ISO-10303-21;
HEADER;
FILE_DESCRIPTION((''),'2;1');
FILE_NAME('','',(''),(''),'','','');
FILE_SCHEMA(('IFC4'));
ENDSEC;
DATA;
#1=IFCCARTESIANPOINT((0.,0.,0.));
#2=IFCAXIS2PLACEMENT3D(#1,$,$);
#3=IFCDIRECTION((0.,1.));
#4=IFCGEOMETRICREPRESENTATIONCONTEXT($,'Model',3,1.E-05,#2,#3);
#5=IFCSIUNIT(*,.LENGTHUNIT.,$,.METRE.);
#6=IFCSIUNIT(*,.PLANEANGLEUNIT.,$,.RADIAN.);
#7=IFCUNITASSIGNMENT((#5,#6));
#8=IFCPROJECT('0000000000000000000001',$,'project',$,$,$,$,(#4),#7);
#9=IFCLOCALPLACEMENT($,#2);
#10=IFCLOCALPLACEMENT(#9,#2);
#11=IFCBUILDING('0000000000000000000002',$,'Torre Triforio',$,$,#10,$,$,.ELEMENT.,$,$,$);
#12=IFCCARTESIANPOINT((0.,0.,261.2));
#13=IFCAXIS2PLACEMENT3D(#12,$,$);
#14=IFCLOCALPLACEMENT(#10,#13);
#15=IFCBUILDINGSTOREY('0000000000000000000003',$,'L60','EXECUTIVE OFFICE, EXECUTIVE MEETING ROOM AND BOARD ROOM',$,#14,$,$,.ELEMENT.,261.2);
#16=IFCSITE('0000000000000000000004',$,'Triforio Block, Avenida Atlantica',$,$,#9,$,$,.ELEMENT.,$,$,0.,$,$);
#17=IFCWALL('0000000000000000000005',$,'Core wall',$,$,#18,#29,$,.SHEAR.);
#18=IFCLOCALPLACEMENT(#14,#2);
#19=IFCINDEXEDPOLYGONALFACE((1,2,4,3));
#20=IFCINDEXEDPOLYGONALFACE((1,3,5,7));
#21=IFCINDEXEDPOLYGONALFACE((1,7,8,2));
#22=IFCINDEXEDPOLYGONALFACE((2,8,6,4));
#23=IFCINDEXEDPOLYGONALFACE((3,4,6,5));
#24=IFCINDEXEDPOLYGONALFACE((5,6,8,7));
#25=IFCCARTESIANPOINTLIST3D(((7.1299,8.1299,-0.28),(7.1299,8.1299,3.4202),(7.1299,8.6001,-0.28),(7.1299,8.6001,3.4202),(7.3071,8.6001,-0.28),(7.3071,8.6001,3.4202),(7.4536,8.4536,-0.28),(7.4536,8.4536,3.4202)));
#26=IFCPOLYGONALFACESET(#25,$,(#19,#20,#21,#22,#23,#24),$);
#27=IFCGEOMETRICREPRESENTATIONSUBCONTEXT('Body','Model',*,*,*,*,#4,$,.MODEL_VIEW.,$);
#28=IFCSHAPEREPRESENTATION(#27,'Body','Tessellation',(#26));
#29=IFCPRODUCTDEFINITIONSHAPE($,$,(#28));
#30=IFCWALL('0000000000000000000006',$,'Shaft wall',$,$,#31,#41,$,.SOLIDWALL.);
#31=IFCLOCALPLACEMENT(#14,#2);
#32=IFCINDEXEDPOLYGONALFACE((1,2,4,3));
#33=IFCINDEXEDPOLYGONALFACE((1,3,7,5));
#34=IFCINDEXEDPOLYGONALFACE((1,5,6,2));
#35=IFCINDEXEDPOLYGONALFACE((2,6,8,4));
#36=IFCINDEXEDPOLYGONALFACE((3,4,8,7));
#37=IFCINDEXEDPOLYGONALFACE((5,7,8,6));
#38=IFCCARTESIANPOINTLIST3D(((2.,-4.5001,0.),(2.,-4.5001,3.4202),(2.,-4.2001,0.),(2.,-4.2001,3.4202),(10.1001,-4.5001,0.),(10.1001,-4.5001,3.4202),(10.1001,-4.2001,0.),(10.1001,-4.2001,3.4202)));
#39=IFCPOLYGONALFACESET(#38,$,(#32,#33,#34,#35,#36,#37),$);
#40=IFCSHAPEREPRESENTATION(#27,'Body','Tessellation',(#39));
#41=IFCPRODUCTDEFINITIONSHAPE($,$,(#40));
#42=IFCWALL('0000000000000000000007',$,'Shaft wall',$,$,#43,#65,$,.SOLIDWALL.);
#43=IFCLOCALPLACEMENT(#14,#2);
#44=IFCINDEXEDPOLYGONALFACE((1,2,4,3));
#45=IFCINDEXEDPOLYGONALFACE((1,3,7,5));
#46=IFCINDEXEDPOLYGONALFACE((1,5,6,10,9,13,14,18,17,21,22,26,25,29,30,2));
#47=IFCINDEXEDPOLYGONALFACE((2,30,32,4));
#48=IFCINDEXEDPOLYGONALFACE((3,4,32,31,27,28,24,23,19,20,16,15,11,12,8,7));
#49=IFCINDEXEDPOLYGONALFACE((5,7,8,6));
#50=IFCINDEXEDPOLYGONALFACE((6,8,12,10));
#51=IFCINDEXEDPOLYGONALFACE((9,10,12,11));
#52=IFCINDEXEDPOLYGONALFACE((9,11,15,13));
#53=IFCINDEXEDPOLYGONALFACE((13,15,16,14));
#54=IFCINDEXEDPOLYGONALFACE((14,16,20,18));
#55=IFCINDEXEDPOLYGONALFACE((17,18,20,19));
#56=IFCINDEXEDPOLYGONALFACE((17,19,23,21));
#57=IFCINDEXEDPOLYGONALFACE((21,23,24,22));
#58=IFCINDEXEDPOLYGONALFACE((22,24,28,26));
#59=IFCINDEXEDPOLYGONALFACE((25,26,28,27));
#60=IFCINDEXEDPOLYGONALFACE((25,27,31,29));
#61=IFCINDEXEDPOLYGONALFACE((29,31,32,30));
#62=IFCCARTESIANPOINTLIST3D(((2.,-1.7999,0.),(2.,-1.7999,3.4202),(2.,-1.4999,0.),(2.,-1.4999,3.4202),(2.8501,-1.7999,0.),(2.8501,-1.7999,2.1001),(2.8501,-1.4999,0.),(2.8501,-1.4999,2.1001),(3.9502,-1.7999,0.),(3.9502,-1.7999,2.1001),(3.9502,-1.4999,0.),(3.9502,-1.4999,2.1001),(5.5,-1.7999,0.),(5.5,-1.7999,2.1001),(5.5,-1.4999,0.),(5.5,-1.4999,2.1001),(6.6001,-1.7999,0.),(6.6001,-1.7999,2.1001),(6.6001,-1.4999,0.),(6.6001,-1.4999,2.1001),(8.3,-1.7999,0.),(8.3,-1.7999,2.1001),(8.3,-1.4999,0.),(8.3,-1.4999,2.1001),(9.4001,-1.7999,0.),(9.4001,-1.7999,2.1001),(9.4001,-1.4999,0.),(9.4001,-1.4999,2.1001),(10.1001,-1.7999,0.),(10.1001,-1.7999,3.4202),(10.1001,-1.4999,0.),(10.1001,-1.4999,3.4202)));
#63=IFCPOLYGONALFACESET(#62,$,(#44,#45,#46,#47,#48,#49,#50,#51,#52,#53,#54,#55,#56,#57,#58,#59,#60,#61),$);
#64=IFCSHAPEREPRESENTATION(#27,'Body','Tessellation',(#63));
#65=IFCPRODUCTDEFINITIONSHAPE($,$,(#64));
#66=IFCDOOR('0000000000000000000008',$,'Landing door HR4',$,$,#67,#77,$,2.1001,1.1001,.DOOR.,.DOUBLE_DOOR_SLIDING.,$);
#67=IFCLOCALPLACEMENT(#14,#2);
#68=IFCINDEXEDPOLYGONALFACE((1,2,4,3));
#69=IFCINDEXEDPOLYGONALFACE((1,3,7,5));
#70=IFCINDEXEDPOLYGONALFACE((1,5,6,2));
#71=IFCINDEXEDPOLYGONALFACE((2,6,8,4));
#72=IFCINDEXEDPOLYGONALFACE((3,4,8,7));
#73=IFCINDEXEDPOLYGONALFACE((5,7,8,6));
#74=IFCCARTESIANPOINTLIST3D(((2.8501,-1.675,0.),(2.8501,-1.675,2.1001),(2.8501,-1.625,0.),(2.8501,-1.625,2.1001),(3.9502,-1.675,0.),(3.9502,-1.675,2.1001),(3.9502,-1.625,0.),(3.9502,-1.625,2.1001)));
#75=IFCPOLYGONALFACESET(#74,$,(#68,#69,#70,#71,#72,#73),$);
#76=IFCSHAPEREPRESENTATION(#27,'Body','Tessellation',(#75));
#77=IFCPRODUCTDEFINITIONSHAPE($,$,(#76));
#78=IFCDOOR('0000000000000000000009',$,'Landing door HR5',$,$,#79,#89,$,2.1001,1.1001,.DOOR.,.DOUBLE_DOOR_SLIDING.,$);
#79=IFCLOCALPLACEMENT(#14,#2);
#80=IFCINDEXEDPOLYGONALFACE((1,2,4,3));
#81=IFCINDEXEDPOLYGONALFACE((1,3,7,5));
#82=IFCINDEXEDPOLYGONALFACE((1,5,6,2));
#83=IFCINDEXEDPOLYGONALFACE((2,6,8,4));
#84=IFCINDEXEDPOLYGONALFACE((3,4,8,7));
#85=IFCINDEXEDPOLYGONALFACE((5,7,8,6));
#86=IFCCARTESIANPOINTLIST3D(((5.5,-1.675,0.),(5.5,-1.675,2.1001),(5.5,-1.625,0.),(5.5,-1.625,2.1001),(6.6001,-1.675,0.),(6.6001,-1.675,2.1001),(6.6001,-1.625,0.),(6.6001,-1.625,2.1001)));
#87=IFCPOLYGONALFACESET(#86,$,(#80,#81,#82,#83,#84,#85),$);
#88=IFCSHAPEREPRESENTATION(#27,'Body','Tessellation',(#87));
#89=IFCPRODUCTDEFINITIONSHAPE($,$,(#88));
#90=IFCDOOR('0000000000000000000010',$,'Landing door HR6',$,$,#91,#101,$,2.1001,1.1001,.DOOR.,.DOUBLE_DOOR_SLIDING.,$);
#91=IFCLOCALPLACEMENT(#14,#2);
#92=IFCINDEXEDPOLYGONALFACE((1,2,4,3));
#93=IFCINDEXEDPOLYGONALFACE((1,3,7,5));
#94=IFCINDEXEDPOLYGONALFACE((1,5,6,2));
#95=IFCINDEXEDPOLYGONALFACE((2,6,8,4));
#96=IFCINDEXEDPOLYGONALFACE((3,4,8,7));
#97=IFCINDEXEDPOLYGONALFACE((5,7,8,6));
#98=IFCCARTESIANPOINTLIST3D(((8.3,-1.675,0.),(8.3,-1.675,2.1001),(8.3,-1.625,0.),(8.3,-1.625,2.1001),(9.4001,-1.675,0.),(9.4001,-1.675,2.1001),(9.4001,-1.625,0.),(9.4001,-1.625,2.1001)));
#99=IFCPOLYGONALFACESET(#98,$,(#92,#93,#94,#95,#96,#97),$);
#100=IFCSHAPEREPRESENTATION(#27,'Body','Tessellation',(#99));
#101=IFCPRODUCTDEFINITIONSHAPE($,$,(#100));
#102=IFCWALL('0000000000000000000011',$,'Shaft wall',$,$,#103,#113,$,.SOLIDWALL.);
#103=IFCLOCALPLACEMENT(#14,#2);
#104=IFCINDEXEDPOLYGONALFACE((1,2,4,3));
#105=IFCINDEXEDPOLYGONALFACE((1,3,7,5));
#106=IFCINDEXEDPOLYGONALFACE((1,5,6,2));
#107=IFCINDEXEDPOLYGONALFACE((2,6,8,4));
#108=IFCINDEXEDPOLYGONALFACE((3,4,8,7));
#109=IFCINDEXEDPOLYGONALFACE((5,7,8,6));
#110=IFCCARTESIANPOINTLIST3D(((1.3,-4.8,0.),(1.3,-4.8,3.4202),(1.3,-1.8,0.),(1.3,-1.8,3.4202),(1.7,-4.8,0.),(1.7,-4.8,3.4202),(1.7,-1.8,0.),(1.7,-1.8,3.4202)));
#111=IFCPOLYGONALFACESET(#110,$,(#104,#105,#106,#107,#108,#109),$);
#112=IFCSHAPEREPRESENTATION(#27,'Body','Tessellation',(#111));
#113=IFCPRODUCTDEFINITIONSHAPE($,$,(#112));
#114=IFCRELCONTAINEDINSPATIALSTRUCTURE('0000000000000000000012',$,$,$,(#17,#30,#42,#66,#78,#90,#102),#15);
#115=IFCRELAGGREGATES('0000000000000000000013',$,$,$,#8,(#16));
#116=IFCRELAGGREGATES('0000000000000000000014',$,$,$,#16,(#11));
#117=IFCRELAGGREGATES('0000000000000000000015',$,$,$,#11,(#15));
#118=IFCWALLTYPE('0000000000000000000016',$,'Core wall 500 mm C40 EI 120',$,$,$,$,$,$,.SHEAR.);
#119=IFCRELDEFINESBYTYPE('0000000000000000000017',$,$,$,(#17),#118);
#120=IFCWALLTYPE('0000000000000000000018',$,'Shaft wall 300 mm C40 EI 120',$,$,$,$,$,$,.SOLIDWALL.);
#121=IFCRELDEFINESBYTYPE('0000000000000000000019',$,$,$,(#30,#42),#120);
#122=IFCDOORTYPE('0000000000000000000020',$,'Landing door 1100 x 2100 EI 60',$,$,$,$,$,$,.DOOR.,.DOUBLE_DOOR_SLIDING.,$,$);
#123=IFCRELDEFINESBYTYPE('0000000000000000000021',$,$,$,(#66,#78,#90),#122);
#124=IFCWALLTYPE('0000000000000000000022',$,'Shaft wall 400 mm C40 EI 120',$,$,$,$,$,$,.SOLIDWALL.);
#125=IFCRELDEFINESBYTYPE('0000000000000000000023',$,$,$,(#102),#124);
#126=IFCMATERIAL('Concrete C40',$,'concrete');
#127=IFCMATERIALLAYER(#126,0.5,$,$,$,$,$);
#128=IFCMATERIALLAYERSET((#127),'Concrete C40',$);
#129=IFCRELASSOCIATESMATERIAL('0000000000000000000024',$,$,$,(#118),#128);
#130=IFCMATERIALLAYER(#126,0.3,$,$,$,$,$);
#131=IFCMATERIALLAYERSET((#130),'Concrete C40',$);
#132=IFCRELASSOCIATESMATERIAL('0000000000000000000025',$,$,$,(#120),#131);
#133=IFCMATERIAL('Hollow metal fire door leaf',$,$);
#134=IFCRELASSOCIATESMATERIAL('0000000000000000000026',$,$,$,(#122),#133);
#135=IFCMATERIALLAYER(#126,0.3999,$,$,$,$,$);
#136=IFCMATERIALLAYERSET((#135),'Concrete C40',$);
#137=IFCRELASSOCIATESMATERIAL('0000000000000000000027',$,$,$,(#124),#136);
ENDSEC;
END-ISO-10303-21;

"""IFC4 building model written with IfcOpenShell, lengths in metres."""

from ifc_helpers import new_model, si_unit, direction, frame, frame_2d, origin, place, context, subcontext, project, spatial, polyline, rectangle, outline, extrude, material, layer, layer_set, type_object, element, fill, save


model = new_model("IFC4")

# Units and contexts
model_context = context("Model", 3, precision=1e-05, world=origin(), true_north=direction((0.0, 1.0)))
body_context = subcontext(model_context, "Body", "Model", "MODEL_VIEW")
ifc_project = project(units=[si_unit("LENGTHUNIT", "METRE"), si_unit("PLANEANGLEUNIT", "RADIAN")], contexts=[model_context])

# Site, building, storey
site_placement = place(None, origin())
site = spatial("IfcSite", under=ifc_project, at=site_placement, Name="Triforio Block, Avenida Atlantica", CompositionType="ELEMENT", RefElevation=0.0)
building_placement = place(site_placement, origin())
building = spatial("IfcBuilding", under=site, at=building_placement, Name="Torre Triforio", CompositionType="ELEMENT")
storey_placement = place(building_placement, frame((0.0, 0.0, 261.2)))
storey = spatial("IfcBuildingStorey", under=building, at=storey_placement, Name="L60", Description="EXECUTIVE OFFICE, EXECUTIVE MEETING ROOM AND BOARD ROOM", CompositionType="ELEMENT", Elevation=261.2)

# Shared definitions
ifc_material_1 = material(Name="Concrete C40", Category="concrete")

# Walls
ifc_layer_1 = layer(ifc_material_1, 0.5)
ifc_layer_set_1 = layer_set([ifc_layer_1], Name="Concrete C40")
wall_type_1 = type_object("IfcWallType", Name="Core wall 500 mm C40 EI 120", PredefinedType="SHEAR", material=ifc_layer_set_1)
wall_1_placement = place(storey_placement, frame((0.0, 0.0, -0.28)))
element("IfcWall", 1, at=wall_1_placement, inside=storey, type_object=wall_type_1, Name="Core wall", PredefinedType="SHEAR", context=body_context, shape_type="SweptSolid", body=[
    extrude(outline(polyline([(7.3071, 8.6001), (7.4536, 8.4536), (7.1299, 8.1299), (7.1299, 8.6001), (7.3071, 8.6001)])), origin(), (0.0, 0.0, 1.0), 3.7002),
])
ifc_layer_2 = layer(ifc_material_1, 0.3)
ifc_layer_set_2 = layer_set([ifc_layer_2], Name="Concrete C40")
wall_type_2 = type_object("IfcWallType", Name="Shaft wall 300 mm C40 EI 120", PredefinedType="SOLIDWALL", material=ifc_layer_set_2)
wall_2_placement = place(storey_placement, frame((2.0, -4.3501, 0.0), z_axis=(0.0, 0.0, 1.0), x_axis=(1.0, 0.0, 0.0)))
element("IfcWall", 2, at=wall_2_placement, inside=storey, type_object=wall_type_2, Name="Shaft wall", PredefinedType="SOLIDWALL", context=body_context, shape_type="SweptSolid", body=[
    extrude(rectangle(XDim=8.1001, YDim=0.3, at=frame_2d((4.05, 0.0))), origin(), (0.0, 0.0, 1.0), 3.4202),
])

# Wall, openings, doors
wall_3_placement = place(storey_placement, frame((2.0, -1.6499, 0.0), z_axis=(0.0, 0.0, 1.0), x_axis=(1.0, 0.0, 0.0)))
wall_3 = element("IfcWall", 3, at=wall_3_placement, inside=storey, type_object=wall_type_2, Name="Shaft wall", PredefinedType="SOLIDWALL", context=body_context, shape_type="SweptSolid", body=[
    extrude(rectangle(XDim=8.1001, YDim=0.3, at=frame_2d((4.05, 0.0))), origin(), (0.0, 0.0, 1.0), 3.4202),
])
opening_1_placement = place(wall_3_placement, frame((0.8501, 0.0, 0.0)))
opening_1 = element("IfcOpeningElement", 4, at=opening_1_placement, cuts=wall_3, PredefinedType="OPENING", context=body_context, shape_type="SweptSolid", body=[
    extrude(rectangle(XDim=1.1001, YDim=2.1001, at=frame_2d((0.55, 1.05))), frame((0.0, 0.1599, 0.0), z_axis=(0.0, -1.0, 0.0), x_axis=(1.0, 0.0, 0.0)), (0.0, 0.0, 1.0), 0.3201),
])
opening_2_placement = place(wall_3_placement, frame((3.5, 0.0, 0.0)))
opening_2 = element("IfcOpeningElement", 5, at=opening_2_placement, cuts=wall_3, PredefinedType="OPENING", context=body_context, shape_type="SweptSolid", body=[
    extrude(rectangle(XDim=1.1001, YDim=2.1001, at=frame_2d((0.55, 1.05))), frame((0.0, 0.1599, 0.0), z_axis=(0.0, -1.0, 0.0), x_axis=(1.0, 0.0, 0.0)), (0.0, 0.0, 1.0), 0.3201),
])
opening_3_placement = place(wall_3_placement, frame((6.3, 0.0, 0.0)))
opening_3 = element("IfcOpeningElement", 6, at=opening_3_placement, cuts=wall_3, PredefinedType="OPENING", context=body_context, shape_type="SweptSolid", body=[
    extrude(rectangle(XDim=1.1001, YDim=2.1001, at=frame_2d((0.55, 1.05))), frame((0.0, 0.1599, 0.0), z_axis=(0.0, -1.0, 0.0), x_axis=(1.0, 0.0, 0.0)), (0.0, 0.0, 1.0), 0.3201),
])
ifc_material_2 = material(Name="Hollow metal fire door leaf")
door_type = type_object("IfcDoorType", Name="Landing door 1100 x 2100 EI 60", OperationType="DOUBLE_DOOR_SLIDING", PredefinedType="DOOR", material=ifc_material_2)
door_1_placement = place(opening_1_placement, origin())
door_1 = element("IfcDoor", 7, at=door_1_placement, inside=storey, type_object=door_type, Name="Landing door HR4", OperationType="DOUBLE_DOOR_SLIDING", OverallHeight=2.1001, OverallWidth=1.1001, PredefinedType="DOOR", context=body_context, shape_type="SweptSolid", body=[
    extrude(rectangle(XDim=1.1001, YDim=2.1001, at=frame_2d((0.55, 1.05))), frame((0.0, 0.0249, 0.0), z_axis=(0.0, -1.0, 0.0), x_axis=(1.0, 0.0, 0.0)), (0.0, 0.0, 1.0), 0.05),
])
fill(opening_1, door_1)
door_2_placement = place(opening_2_placement, origin())
door_2 = element("IfcDoor", 8, at=door_2_placement, inside=storey, type_object=door_type, Name="Landing door HR5", OperationType="DOUBLE_DOOR_SLIDING", OverallHeight=2.1001, OverallWidth=1.1001, PredefinedType="DOOR", context=body_context, shape_type="SweptSolid", body=[
    extrude(rectangle(XDim=1.1001, YDim=2.1001, at=frame_2d((0.55, 1.05))), frame((0.0, 0.0249, 0.0), z_axis=(0.0, -1.0, 0.0), x_axis=(1.0, 0.0, 0.0)), (0.0, 0.0, 1.0), 0.05),
])
fill(opening_2, door_2)
door_3_placement = place(opening_3_placement, origin())
door_3 = element("IfcDoor", 9, at=door_3_placement, inside=storey, type_object=door_type, Name="Landing door HR6", OperationType="DOUBLE_DOOR_SLIDING", OverallHeight=2.1001, OverallWidth=1.1001, PredefinedType="DOOR", context=body_context, shape_type="SweptSolid", body=[
    extrude(rectangle(XDim=1.1001, YDim=2.1001, at=frame_2d((0.55, 1.05))), frame((0.0, 0.0249, 0.0), z_axis=(0.0, -1.0, 0.0), x_axis=(1.0, 0.0, 0.0)), (0.0, 0.0, 1.0), 0.05),
])
fill(opening_3, door_3)

# Wall
ifc_layer_3 = layer(ifc_material_1, 0.3999)
ifc_layer_set_3 = layer_set([ifc_layer_3], Name="Concrete C40")
wall_type_3 = type_object("IfcWallType", Name="Shaft wall 400 mm C40 EI 120", PredefinedType="SOLIDWALL", material=ifc_layer_set_3)
wall_4_placement = place(storey_placement, frame((1.5, -4.8, 0.0), z_axis=(0.0, 0.0, 1.0), x_axis=(0.0, 1.0, 0.0)))
element("IfcWall", 10, at=wall_4_placement, inside=storey, type_object=wall_type_3, Name="Shaft wall", PredefinedType="SOLIDWALL", context=body_context, shape_type="SweptSolid", body=[
    extrude(rectangle(XDim=3.0, YDim=0.3999, at=frame_2d((1.5, 0.0))), origin(), (0.0, 0.0, 1.0), 3.4202),
])

save(model, "model.ifc")
